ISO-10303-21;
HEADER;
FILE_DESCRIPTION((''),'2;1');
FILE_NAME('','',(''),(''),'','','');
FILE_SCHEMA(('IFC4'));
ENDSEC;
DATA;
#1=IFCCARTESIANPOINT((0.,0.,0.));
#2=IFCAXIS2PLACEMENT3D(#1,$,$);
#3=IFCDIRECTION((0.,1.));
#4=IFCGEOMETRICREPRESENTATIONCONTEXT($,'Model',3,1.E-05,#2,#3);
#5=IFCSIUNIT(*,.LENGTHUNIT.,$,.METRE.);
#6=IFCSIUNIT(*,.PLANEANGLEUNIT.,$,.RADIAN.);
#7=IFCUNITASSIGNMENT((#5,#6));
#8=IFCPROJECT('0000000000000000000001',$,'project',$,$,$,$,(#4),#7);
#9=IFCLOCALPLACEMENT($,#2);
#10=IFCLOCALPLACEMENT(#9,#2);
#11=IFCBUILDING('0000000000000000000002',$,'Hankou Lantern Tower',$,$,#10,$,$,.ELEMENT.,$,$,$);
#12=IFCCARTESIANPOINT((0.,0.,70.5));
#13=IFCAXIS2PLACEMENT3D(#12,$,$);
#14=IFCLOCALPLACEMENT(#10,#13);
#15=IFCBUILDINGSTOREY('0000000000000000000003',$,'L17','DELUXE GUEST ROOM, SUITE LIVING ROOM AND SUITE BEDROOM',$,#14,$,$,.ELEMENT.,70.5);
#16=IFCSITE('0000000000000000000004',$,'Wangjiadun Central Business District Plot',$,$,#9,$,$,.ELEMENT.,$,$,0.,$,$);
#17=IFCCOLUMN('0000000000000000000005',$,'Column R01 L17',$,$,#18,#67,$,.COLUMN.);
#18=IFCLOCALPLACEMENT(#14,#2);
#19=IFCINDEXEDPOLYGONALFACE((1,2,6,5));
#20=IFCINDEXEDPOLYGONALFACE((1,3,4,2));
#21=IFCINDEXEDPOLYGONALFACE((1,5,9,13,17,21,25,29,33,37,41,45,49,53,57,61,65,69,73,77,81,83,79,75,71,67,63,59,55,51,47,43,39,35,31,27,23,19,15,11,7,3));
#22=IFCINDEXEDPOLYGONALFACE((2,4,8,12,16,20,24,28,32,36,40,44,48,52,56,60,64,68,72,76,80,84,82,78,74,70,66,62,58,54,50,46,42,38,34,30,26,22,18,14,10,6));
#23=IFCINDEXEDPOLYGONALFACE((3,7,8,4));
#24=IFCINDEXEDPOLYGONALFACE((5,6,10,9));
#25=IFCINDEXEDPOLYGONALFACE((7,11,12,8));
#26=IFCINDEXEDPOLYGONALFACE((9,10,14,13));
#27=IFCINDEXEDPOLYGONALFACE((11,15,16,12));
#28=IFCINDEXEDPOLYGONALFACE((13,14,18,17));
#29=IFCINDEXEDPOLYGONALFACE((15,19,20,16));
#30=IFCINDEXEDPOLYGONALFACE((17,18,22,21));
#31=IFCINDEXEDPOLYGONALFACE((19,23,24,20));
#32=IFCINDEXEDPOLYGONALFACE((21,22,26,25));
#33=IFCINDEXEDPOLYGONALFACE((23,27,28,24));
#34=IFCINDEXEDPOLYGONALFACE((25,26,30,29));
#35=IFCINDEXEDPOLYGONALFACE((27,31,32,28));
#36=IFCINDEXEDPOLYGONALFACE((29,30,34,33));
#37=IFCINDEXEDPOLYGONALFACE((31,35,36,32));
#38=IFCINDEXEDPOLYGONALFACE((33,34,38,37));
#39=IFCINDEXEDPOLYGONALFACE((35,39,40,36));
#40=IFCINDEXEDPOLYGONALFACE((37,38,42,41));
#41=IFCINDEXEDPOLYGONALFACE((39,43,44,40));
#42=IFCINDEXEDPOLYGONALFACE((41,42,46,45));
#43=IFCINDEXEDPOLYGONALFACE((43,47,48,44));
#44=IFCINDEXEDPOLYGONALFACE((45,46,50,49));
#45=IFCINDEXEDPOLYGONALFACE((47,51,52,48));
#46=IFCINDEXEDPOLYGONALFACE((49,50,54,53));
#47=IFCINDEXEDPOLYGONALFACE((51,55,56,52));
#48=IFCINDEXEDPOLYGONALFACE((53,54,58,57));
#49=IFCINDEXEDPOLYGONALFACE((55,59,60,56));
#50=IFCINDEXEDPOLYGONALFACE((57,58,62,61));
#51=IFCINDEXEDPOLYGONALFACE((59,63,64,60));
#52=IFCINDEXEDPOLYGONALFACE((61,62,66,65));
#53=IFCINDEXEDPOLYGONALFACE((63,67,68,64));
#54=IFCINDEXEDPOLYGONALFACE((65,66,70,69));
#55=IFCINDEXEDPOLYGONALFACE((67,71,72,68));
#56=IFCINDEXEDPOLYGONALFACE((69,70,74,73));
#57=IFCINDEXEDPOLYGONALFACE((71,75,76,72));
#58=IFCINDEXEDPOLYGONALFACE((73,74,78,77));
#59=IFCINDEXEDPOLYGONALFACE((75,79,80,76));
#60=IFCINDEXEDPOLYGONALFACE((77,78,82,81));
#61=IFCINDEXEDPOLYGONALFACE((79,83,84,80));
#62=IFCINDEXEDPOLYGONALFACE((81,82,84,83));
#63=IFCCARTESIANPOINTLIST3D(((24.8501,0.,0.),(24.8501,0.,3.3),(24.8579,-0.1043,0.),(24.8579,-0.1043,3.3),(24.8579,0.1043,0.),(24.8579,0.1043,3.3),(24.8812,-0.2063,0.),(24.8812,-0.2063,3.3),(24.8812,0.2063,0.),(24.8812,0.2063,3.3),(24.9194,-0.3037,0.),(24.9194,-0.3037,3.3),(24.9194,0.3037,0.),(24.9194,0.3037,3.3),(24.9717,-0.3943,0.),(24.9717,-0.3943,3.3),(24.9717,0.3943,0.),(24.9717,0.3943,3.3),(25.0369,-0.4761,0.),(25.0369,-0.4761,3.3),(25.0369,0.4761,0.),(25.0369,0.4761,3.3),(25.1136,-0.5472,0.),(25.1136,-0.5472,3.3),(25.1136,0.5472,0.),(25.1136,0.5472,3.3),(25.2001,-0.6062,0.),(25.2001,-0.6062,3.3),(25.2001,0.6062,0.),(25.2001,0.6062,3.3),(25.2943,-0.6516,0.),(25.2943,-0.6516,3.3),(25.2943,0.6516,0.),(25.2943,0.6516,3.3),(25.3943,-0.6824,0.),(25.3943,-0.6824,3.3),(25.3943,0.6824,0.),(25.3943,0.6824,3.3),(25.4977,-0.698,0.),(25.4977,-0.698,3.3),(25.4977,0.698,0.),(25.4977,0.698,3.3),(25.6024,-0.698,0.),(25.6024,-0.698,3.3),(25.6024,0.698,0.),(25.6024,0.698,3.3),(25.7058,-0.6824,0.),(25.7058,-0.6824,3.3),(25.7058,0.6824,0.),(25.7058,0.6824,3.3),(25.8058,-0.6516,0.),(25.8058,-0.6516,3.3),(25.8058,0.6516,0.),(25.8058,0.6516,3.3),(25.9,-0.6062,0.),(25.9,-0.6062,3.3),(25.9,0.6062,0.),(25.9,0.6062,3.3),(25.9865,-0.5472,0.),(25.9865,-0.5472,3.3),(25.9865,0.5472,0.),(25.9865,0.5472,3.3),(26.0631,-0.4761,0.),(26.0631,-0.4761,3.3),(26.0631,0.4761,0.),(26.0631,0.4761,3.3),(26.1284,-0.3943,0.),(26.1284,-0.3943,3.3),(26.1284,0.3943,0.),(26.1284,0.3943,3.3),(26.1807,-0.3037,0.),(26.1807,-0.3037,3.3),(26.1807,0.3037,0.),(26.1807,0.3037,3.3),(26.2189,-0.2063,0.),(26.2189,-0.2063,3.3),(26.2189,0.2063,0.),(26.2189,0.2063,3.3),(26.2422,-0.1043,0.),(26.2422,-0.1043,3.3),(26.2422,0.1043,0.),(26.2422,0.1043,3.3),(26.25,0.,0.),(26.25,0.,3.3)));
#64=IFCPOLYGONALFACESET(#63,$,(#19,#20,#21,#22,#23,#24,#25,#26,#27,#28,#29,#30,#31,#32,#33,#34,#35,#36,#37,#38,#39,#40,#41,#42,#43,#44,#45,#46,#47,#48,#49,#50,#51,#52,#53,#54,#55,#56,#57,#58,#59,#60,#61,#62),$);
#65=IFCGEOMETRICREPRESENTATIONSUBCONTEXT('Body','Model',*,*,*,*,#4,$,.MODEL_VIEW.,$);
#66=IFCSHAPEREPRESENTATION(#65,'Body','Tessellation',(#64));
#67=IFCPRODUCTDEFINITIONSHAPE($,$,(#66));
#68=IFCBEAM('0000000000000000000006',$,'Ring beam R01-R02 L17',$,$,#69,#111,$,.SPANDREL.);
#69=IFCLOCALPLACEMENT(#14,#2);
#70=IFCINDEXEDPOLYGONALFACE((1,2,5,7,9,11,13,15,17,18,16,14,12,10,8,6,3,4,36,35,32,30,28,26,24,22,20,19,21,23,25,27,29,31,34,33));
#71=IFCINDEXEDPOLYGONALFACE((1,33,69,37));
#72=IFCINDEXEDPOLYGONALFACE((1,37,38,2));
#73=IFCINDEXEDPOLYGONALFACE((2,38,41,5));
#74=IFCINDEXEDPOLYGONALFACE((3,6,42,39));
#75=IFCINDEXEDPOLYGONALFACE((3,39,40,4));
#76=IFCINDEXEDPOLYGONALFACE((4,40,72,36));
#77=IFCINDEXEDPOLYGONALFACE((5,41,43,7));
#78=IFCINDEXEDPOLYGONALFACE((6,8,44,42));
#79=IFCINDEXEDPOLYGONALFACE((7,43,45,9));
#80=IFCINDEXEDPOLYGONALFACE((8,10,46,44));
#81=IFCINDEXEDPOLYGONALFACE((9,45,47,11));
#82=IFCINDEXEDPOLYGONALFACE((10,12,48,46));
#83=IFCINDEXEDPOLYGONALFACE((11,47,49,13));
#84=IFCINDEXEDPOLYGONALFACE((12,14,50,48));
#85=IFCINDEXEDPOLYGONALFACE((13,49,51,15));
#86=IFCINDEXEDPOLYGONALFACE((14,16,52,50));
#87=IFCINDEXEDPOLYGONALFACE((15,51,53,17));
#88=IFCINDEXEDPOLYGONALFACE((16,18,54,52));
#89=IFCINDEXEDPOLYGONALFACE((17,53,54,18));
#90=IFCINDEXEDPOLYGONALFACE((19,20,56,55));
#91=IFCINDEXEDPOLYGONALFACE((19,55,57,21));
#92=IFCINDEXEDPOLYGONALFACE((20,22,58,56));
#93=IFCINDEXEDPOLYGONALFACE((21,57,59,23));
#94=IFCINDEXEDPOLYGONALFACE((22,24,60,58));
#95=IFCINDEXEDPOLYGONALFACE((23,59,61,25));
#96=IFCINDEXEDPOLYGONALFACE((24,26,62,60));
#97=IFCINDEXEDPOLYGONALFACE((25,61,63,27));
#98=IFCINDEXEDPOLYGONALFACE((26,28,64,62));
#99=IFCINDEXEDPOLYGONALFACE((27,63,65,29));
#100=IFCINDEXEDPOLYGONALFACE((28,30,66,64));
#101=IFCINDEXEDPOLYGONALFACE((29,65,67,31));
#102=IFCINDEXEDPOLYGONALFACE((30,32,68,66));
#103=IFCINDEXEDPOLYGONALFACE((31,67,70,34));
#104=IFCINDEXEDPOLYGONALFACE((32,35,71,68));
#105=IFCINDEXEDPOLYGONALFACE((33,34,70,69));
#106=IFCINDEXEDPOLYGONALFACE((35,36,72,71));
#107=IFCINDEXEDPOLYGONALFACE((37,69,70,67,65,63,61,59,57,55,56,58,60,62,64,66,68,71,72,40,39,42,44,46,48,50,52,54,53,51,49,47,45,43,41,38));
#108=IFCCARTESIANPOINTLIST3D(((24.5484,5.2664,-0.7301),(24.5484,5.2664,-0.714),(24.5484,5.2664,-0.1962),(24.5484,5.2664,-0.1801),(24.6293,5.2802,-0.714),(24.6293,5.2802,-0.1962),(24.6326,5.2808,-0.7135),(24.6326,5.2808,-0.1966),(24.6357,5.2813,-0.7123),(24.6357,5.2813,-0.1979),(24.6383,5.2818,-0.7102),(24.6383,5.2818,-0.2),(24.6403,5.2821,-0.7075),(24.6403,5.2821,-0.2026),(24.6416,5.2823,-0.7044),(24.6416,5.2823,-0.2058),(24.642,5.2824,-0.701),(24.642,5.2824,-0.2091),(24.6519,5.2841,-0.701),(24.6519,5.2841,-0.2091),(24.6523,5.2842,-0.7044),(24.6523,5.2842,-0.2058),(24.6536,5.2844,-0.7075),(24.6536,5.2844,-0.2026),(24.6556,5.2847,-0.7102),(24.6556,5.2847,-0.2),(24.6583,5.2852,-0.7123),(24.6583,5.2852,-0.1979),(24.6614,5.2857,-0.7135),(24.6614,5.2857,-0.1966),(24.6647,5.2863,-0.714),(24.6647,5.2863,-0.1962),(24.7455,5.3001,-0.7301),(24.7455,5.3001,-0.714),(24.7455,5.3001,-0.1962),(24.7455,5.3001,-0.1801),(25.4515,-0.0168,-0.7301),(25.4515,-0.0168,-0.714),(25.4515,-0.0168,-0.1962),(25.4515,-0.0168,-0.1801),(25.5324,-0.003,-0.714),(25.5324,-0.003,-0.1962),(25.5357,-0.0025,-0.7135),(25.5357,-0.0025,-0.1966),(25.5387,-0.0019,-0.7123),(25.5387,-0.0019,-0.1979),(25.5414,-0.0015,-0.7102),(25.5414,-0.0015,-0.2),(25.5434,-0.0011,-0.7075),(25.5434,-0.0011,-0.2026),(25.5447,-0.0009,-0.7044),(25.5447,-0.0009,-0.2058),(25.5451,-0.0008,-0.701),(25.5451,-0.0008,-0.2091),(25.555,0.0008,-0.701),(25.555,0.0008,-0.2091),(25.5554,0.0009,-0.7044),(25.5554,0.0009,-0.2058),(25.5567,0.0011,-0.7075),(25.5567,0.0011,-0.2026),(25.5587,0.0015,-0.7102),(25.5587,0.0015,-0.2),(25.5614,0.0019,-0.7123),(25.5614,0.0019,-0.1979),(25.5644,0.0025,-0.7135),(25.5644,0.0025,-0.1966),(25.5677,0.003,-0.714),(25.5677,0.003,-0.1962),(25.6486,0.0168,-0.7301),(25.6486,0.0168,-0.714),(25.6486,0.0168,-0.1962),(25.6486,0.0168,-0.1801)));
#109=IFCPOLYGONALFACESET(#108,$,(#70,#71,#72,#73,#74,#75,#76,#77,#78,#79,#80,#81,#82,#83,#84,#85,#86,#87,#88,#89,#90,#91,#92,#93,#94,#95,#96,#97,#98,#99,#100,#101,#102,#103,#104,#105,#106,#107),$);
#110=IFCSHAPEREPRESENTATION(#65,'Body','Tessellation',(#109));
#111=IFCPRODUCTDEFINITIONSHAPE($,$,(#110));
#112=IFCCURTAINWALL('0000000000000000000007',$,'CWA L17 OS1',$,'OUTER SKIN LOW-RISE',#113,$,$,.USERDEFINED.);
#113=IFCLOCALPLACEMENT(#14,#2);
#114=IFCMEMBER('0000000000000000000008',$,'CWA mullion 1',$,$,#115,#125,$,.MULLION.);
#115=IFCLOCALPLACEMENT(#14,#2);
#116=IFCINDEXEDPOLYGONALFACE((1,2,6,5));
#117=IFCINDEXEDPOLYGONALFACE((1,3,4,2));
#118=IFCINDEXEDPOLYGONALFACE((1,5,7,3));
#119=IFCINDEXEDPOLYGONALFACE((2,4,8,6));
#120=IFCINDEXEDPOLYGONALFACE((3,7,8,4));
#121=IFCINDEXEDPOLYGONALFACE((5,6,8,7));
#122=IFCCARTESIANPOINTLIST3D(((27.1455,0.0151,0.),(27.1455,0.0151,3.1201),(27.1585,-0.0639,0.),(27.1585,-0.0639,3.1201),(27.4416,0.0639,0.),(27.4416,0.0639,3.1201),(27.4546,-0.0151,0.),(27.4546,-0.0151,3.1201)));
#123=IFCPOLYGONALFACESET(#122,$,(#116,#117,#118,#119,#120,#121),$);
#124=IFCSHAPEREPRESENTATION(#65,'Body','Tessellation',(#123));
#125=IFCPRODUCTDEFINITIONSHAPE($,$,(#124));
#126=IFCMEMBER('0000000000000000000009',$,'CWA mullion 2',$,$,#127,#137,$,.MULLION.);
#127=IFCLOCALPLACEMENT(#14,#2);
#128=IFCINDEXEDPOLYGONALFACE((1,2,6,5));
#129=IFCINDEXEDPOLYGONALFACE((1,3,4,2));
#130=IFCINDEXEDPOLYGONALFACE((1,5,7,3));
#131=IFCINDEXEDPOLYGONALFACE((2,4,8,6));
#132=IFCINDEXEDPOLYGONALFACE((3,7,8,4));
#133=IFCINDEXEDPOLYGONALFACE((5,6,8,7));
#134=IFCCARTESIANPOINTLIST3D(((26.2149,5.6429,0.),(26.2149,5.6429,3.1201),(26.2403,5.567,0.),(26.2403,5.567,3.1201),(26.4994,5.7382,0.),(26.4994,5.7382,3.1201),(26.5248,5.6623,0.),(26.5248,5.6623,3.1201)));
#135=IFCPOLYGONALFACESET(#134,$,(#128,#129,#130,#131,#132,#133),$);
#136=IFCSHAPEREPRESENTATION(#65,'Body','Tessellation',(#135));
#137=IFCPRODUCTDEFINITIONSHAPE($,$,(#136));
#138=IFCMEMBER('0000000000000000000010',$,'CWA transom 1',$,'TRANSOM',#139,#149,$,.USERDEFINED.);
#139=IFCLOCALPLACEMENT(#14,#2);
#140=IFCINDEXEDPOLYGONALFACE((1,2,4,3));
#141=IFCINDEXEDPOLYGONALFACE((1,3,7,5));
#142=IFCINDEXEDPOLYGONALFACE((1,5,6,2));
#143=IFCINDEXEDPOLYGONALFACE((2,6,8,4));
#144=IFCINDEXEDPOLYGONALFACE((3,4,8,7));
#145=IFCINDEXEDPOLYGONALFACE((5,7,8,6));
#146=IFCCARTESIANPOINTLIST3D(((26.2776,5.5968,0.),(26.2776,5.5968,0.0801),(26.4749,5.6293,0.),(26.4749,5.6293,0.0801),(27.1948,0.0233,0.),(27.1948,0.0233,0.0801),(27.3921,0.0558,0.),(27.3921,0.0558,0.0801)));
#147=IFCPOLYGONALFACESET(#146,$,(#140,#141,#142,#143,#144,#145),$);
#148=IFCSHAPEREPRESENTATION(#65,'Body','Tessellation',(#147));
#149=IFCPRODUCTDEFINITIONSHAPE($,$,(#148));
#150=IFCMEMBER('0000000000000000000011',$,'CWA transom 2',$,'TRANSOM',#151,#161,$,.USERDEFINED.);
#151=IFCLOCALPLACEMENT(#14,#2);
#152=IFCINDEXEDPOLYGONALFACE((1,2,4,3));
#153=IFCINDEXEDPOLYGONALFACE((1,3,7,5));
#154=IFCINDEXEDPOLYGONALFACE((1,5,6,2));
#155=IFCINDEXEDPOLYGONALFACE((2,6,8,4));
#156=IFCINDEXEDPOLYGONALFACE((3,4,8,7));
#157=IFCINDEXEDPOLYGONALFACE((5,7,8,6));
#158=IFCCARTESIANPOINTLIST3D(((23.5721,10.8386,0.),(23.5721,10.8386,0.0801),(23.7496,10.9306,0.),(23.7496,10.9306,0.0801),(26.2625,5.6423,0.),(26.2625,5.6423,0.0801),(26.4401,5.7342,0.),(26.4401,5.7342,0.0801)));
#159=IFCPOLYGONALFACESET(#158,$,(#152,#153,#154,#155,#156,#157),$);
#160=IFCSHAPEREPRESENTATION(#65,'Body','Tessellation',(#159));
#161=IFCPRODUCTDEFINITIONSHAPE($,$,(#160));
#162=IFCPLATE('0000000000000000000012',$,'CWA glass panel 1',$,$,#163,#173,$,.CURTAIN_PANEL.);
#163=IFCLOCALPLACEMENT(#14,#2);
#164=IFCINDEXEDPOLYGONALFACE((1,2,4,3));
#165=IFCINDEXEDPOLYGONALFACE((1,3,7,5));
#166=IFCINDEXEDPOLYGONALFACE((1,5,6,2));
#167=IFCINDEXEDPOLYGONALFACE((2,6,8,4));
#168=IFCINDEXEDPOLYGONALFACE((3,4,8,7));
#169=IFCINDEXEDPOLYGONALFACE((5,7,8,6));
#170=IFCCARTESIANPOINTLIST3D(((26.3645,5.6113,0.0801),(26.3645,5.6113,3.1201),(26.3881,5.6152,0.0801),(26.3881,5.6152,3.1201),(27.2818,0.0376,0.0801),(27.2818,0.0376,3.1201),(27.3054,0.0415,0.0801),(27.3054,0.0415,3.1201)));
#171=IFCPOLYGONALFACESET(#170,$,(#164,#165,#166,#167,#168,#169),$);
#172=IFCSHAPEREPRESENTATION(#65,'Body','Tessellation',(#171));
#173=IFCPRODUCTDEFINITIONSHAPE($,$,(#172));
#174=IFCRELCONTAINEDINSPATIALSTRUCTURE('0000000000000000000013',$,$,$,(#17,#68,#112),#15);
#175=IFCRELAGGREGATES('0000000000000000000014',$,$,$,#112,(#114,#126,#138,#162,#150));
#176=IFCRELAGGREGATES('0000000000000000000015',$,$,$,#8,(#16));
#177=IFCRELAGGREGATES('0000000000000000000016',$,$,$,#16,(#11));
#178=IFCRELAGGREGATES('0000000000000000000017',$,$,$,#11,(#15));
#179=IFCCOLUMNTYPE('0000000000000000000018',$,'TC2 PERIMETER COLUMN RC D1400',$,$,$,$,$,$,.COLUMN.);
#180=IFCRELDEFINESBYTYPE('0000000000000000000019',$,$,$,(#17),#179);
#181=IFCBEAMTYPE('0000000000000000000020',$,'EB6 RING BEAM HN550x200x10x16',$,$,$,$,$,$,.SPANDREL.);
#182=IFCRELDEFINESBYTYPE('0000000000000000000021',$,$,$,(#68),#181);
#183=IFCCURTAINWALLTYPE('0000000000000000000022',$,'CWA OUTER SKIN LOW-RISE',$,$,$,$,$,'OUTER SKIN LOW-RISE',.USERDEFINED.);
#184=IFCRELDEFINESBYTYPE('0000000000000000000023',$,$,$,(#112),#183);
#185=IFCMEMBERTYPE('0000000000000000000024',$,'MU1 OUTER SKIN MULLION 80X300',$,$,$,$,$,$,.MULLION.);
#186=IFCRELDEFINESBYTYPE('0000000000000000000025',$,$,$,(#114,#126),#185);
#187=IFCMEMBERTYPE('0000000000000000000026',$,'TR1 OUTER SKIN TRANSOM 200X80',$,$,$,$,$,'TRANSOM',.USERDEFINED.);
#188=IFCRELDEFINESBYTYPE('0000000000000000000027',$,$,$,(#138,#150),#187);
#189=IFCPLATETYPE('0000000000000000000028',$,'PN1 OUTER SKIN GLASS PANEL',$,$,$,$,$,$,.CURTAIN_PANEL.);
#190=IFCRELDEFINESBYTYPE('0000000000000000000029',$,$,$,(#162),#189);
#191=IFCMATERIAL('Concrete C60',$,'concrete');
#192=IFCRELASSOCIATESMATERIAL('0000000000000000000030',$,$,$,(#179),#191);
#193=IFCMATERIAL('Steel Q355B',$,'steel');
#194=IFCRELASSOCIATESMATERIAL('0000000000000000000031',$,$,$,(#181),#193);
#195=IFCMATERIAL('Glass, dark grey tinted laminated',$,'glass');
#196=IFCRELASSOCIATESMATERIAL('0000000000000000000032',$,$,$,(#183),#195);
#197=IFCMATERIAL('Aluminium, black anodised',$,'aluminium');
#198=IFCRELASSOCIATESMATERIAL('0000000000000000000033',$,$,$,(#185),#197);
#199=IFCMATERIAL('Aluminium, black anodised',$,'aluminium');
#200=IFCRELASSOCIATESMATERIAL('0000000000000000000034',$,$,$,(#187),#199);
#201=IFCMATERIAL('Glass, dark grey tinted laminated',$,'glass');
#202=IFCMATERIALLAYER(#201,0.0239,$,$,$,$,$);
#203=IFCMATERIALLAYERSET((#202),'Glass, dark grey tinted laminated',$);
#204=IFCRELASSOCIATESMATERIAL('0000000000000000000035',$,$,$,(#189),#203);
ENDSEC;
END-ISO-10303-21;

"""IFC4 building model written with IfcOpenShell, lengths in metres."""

from ifc_helpers import new_model, si_unit, direction, frame, origin, origin_2d, place, context, subcontext, project, spatial, rectangle, circle, i_section, extrude, material, layer, layer_set, material_profile, profile_set, type_object, element, aggregate, save


model = new_model("IFC4")

# Units and contexts
model_context = context("Model", 3, precision=1e-05, world=origin(), true_north=direction((0.0, 1.0)))
body_context = subcontext(model_context, "Body", "Model", "MODEL_VIEW")
ifc_project = project(units=[si_unit("LENGTHUNIT", "METRE"), si_unit("PLANEANGLEUNIT", "RADIAN")], contexts=[model_context])

# Site, building, storey
site_placement = place(None, origin())
site = spatial("IfcSite", under=ifc_project, at=site_placement, Name="Wangjiadun Central Business District Plot", CompositionType="ELEMENT", RefElevation=0.0)
building_placement = place(site_placement, origin())
building = spatial("IfcBuilding", under=site, at=building_placement, Name="Hankou Lantern Tower", CompositionType="ELEMENT")
storey_placement = place(building_placement, frame((0.0, 0.0, 70.5)))
storey = spatial("IfcBuildingStorey", under=building, at=storey_placement, Name="L17", Description="DELUXE GUEST ROOM, SUITE LIVING ROOM AND SUITE BEDROOM", CompositionType="ELEMENT", Elevation=70.5)

# Column
ifc_material_1 = material(Name="Concrete C60", Category="concrete")
ifc_material_profile_1 = material_profile(ifc_material_1, circle(Radius=0.7, at=origin_2d()), Name="RC D1400")
ifc_profile_set_1 = profile_set([ifc_material_profile_1], Name="Concrete C60")
column_type = type_object("IfcColumnType", Name="TC2 PERIMETER COLUMN RC D1400", PredefinedType="COLUMN", material=ifc_profile_set_1)
column_placement = place(storey_placement, frame((25.55, 0.0, 0.0), z_axis=(0.0, 0.0, 1.0), x_axis=(1.0, 0.0, 0.0)))
element("IfcColumn", 1, at=column_placement, inside=storey, type_object=column_type, Name="Column R01 L17", PredefinedType="COLUMN", context=body_context, shape_type="SweptSolid", body=[
    extrude(circle(Radius=0.7, at=origin_2d()), origin(), (0.0, 0.0, 1.0), 3.3),
])

# Beam
ifc_material_2 = material(Name="Steel Q355B", Category="steel")
ifc_material_profile_2 = material_profile(ifc_material_2, i_section(OverallWidth=0.2, OverallDepth=0.55, WebThickness=0.01, FlangeThickness=0.0161, FilletRadius=0.0129, at=origin_2d()), Name="HN550x200x10x16")
ifc_profile_set_2 = profile_set([ifc_material_profile_2], Name="Steel Q355B")
beam_type = type_object("IfcBeamType", Name="EB6 RING BEAM HN550x200x10x16", PredefinedType="SPANDREL", material=ifc_profile_set_2)
beam_placement = place(storey_placement, frame((25.55, 0.0, -0.4551), z_axis=(-0.16849, 0.985703, 0.0), x_axis=(-0.985703, -0.16849, 0.0)))
element("IfcBeam", 2, at=beam_placement, inside=storey, type_object=beam_type, Name="Ring beam R01-R02 L17", PredefinedType="SPANDREL", context=body_context, shape_type="SweptSolid", body=[
    extrude(i_section(OverallWidth=0.2, OverallDepth=0.55, WebThickness=0.01, FlangeThickness=0.0161, FilletRadius=0.0129, at=origin_2d()), origin(), (0.0, 0.0, 1.0), 5.3599),
])

# Curtain wall, members, plate
ifc_material_3 = material(Name="Glass, dark grey tinted laminated", Category="glass")
curtain_wall_type = type_object("IfcCurtainWallType", Name="CWA OUTER SKIN LOW-RISE", ElementType="OUTER SKIN LOW-RISE", PredefinedType="USERDEFINED", material=ifc_material_3)
curtain_wall_placement = place(storey_placement, origin())
curtain_wall = element("IfcCurtainWall", 3, at=curtain_wall_placement, inside=storey, type_object=curtain_wall_type, Name="CWA L17 OS1", ObjectType="OUTER SKIN LOW-RISE", PredefinedType="USERDEFINED")
ifc_material_4 = material(Name="Aluminium, black anodised", Category="aluminium")
ifc_material_profile_3 = material_profile(ifc_material_4, rectangle(XDim=0.0801, YDim=0.3, at=origin_2d()), Name="MU1 80X300")
ifc_profile_set_3 = profile_set([ifc_material_profile_3], Name="Aluminium, black anodised")
member_type_1 = type_object("IfcMemberType", Name="MU1 OUTER SKIN MULLION 80X300", PredefinedType="MULLION", material=ifc_profile_set_3)
member_1_placement = place(storey_placement, frame((27.3, 0.0, 0.0), z_axis=(0.0, 0.0, 1.0), x_axis=(-0.162382, 0.986728, 0.0)))
member_1 = element("IfcMember", 4, at=member_1_placement, type_object=member_type_1, Name="CWA mullion 1", PredefinedType="MULLION", context=body_context, shape_type="SweptSolid", body=[
    extrude(rectangle(XDim=0.0801, YDim=0.3, at=origin_2d()), origin(), (0.0, 0.0, 1.0), 3.1201),
])
member_2_placement = place(storey_placement, frame((26.3699, 5.6526, 0.0), z_axis=(0.0, 0.0, 1.0), x_axis=(-0.317596, 0.948226, 0.0)))
member_2 = element("IfcMember", 5, at=member_2_placement, type_object=member_type_1, Name="CWA mullion 2", PredefinedType="MULLION", context=body_context, shape_type="SweptSolid", body=[
    extrude(rectangle(XDim=0.0801, YDim=0.3, at=origin_2d()), origin(), (0.0, 0.0, 1.0), 3.1201),
])
ifc_material_5 = material(Name="Aluminium, black anodised", Category="aluminium")
ifc_material_profile_4 = material_profile(ifc_material_5, rectangle(XDim=0.2, YDim=0.0801, at=origin_2d()), Name="TR1 200X80")
ifc_profile_set_4 = profile_set([ifc_material_profile_4], Name="Aluminium, black anodised")
member_type_2 = type_object("IfcMemberType", Name="TR1 OUTER SKIN TRANSOM 200X80", ElementType="TRANSOM", PredefinedType="USERDEFINED", material=ifc_profile_set_4)
member_3_placement = place(storey_placement, frame((27.2935, 0.0396, 0.04), z_axis=(-0.162387, 0.986727, 0.0), x_axis=(-0.986727, -0.162387, 0.0)))
member_3 = element("IfcMember", 6, at=member_3_placement, type_object=member_type_2, Name="CWA transom 1", ObjectType="TRANSOM", PredefinedType="USERDEFINED", context=body_context, shape_type="SweptSolid", body=[
    extrude(rectangle(XDim=0.2, YDim=0.0801, at=origin_2d()), origin(), (0.0, 0.0, 1.0), 5.6484),
])
member_4_placement = place(storey_placement, frame((26.3513, 5.6882, 0.04), z_axis=(-0.459786, 0.88803, 0.0), x_axis=(-0.88803, -0.459786, 0.0)))
member_4 = element("IfcMember", 7, at=member_4_placement, type_object=member_type_2, Name="CWA transom 2", ObjectType="TRANSOM", PredefinedType="USERDEFINED", context=body_context, shape_type="SweptSolid", body=[
    extrude(rectangle(XDim=0.2, YDim=0.0801, at=origin_2d()), origin(), (0.0, 0.0, 1.0), 5.8516),
])
ifc_material_6 = material(Name="Glass, dark grey tinted laminated", Category="glass")
ifc_layer_1 = layer(ifc_material_6, 0.0239)
ifc_layer_set_1 = layer_set([ifc_layer_1], Name="Glass, dark grey tinted laminated")
plate_type = type_object("IfcPlateType", Name="PN1 OUTER SKIN GLASS PANEL", PredefinedType="CURTAIN_PANEL", material=ifc_layer_set_1)
plate_placement = place(storey_placement, frame((26.835, 2.8264, 0.0801), z_axis=(0.0, 0.0, 1.0), x_axis=(-0.162382, 0.986728, 0.0)))
plate = element("IfcPlate", 8, at=plate_placement, type_object=plate_type, Name="CWA glass panel 1", PredefinedType="CURTAIN_PANEL", context=body_context, shape_type="SweptSolid", body=[
    extrude(rectangle(XDim=5.6487, YDim=0.0239, at=origin_2d()), origin(), (0.0, 0.0, 1.0), 3.04),
])
aggregate(curtain_wall, [member_1, member_2, member_3, plate, member_4])

save(model, "model.ifc")
